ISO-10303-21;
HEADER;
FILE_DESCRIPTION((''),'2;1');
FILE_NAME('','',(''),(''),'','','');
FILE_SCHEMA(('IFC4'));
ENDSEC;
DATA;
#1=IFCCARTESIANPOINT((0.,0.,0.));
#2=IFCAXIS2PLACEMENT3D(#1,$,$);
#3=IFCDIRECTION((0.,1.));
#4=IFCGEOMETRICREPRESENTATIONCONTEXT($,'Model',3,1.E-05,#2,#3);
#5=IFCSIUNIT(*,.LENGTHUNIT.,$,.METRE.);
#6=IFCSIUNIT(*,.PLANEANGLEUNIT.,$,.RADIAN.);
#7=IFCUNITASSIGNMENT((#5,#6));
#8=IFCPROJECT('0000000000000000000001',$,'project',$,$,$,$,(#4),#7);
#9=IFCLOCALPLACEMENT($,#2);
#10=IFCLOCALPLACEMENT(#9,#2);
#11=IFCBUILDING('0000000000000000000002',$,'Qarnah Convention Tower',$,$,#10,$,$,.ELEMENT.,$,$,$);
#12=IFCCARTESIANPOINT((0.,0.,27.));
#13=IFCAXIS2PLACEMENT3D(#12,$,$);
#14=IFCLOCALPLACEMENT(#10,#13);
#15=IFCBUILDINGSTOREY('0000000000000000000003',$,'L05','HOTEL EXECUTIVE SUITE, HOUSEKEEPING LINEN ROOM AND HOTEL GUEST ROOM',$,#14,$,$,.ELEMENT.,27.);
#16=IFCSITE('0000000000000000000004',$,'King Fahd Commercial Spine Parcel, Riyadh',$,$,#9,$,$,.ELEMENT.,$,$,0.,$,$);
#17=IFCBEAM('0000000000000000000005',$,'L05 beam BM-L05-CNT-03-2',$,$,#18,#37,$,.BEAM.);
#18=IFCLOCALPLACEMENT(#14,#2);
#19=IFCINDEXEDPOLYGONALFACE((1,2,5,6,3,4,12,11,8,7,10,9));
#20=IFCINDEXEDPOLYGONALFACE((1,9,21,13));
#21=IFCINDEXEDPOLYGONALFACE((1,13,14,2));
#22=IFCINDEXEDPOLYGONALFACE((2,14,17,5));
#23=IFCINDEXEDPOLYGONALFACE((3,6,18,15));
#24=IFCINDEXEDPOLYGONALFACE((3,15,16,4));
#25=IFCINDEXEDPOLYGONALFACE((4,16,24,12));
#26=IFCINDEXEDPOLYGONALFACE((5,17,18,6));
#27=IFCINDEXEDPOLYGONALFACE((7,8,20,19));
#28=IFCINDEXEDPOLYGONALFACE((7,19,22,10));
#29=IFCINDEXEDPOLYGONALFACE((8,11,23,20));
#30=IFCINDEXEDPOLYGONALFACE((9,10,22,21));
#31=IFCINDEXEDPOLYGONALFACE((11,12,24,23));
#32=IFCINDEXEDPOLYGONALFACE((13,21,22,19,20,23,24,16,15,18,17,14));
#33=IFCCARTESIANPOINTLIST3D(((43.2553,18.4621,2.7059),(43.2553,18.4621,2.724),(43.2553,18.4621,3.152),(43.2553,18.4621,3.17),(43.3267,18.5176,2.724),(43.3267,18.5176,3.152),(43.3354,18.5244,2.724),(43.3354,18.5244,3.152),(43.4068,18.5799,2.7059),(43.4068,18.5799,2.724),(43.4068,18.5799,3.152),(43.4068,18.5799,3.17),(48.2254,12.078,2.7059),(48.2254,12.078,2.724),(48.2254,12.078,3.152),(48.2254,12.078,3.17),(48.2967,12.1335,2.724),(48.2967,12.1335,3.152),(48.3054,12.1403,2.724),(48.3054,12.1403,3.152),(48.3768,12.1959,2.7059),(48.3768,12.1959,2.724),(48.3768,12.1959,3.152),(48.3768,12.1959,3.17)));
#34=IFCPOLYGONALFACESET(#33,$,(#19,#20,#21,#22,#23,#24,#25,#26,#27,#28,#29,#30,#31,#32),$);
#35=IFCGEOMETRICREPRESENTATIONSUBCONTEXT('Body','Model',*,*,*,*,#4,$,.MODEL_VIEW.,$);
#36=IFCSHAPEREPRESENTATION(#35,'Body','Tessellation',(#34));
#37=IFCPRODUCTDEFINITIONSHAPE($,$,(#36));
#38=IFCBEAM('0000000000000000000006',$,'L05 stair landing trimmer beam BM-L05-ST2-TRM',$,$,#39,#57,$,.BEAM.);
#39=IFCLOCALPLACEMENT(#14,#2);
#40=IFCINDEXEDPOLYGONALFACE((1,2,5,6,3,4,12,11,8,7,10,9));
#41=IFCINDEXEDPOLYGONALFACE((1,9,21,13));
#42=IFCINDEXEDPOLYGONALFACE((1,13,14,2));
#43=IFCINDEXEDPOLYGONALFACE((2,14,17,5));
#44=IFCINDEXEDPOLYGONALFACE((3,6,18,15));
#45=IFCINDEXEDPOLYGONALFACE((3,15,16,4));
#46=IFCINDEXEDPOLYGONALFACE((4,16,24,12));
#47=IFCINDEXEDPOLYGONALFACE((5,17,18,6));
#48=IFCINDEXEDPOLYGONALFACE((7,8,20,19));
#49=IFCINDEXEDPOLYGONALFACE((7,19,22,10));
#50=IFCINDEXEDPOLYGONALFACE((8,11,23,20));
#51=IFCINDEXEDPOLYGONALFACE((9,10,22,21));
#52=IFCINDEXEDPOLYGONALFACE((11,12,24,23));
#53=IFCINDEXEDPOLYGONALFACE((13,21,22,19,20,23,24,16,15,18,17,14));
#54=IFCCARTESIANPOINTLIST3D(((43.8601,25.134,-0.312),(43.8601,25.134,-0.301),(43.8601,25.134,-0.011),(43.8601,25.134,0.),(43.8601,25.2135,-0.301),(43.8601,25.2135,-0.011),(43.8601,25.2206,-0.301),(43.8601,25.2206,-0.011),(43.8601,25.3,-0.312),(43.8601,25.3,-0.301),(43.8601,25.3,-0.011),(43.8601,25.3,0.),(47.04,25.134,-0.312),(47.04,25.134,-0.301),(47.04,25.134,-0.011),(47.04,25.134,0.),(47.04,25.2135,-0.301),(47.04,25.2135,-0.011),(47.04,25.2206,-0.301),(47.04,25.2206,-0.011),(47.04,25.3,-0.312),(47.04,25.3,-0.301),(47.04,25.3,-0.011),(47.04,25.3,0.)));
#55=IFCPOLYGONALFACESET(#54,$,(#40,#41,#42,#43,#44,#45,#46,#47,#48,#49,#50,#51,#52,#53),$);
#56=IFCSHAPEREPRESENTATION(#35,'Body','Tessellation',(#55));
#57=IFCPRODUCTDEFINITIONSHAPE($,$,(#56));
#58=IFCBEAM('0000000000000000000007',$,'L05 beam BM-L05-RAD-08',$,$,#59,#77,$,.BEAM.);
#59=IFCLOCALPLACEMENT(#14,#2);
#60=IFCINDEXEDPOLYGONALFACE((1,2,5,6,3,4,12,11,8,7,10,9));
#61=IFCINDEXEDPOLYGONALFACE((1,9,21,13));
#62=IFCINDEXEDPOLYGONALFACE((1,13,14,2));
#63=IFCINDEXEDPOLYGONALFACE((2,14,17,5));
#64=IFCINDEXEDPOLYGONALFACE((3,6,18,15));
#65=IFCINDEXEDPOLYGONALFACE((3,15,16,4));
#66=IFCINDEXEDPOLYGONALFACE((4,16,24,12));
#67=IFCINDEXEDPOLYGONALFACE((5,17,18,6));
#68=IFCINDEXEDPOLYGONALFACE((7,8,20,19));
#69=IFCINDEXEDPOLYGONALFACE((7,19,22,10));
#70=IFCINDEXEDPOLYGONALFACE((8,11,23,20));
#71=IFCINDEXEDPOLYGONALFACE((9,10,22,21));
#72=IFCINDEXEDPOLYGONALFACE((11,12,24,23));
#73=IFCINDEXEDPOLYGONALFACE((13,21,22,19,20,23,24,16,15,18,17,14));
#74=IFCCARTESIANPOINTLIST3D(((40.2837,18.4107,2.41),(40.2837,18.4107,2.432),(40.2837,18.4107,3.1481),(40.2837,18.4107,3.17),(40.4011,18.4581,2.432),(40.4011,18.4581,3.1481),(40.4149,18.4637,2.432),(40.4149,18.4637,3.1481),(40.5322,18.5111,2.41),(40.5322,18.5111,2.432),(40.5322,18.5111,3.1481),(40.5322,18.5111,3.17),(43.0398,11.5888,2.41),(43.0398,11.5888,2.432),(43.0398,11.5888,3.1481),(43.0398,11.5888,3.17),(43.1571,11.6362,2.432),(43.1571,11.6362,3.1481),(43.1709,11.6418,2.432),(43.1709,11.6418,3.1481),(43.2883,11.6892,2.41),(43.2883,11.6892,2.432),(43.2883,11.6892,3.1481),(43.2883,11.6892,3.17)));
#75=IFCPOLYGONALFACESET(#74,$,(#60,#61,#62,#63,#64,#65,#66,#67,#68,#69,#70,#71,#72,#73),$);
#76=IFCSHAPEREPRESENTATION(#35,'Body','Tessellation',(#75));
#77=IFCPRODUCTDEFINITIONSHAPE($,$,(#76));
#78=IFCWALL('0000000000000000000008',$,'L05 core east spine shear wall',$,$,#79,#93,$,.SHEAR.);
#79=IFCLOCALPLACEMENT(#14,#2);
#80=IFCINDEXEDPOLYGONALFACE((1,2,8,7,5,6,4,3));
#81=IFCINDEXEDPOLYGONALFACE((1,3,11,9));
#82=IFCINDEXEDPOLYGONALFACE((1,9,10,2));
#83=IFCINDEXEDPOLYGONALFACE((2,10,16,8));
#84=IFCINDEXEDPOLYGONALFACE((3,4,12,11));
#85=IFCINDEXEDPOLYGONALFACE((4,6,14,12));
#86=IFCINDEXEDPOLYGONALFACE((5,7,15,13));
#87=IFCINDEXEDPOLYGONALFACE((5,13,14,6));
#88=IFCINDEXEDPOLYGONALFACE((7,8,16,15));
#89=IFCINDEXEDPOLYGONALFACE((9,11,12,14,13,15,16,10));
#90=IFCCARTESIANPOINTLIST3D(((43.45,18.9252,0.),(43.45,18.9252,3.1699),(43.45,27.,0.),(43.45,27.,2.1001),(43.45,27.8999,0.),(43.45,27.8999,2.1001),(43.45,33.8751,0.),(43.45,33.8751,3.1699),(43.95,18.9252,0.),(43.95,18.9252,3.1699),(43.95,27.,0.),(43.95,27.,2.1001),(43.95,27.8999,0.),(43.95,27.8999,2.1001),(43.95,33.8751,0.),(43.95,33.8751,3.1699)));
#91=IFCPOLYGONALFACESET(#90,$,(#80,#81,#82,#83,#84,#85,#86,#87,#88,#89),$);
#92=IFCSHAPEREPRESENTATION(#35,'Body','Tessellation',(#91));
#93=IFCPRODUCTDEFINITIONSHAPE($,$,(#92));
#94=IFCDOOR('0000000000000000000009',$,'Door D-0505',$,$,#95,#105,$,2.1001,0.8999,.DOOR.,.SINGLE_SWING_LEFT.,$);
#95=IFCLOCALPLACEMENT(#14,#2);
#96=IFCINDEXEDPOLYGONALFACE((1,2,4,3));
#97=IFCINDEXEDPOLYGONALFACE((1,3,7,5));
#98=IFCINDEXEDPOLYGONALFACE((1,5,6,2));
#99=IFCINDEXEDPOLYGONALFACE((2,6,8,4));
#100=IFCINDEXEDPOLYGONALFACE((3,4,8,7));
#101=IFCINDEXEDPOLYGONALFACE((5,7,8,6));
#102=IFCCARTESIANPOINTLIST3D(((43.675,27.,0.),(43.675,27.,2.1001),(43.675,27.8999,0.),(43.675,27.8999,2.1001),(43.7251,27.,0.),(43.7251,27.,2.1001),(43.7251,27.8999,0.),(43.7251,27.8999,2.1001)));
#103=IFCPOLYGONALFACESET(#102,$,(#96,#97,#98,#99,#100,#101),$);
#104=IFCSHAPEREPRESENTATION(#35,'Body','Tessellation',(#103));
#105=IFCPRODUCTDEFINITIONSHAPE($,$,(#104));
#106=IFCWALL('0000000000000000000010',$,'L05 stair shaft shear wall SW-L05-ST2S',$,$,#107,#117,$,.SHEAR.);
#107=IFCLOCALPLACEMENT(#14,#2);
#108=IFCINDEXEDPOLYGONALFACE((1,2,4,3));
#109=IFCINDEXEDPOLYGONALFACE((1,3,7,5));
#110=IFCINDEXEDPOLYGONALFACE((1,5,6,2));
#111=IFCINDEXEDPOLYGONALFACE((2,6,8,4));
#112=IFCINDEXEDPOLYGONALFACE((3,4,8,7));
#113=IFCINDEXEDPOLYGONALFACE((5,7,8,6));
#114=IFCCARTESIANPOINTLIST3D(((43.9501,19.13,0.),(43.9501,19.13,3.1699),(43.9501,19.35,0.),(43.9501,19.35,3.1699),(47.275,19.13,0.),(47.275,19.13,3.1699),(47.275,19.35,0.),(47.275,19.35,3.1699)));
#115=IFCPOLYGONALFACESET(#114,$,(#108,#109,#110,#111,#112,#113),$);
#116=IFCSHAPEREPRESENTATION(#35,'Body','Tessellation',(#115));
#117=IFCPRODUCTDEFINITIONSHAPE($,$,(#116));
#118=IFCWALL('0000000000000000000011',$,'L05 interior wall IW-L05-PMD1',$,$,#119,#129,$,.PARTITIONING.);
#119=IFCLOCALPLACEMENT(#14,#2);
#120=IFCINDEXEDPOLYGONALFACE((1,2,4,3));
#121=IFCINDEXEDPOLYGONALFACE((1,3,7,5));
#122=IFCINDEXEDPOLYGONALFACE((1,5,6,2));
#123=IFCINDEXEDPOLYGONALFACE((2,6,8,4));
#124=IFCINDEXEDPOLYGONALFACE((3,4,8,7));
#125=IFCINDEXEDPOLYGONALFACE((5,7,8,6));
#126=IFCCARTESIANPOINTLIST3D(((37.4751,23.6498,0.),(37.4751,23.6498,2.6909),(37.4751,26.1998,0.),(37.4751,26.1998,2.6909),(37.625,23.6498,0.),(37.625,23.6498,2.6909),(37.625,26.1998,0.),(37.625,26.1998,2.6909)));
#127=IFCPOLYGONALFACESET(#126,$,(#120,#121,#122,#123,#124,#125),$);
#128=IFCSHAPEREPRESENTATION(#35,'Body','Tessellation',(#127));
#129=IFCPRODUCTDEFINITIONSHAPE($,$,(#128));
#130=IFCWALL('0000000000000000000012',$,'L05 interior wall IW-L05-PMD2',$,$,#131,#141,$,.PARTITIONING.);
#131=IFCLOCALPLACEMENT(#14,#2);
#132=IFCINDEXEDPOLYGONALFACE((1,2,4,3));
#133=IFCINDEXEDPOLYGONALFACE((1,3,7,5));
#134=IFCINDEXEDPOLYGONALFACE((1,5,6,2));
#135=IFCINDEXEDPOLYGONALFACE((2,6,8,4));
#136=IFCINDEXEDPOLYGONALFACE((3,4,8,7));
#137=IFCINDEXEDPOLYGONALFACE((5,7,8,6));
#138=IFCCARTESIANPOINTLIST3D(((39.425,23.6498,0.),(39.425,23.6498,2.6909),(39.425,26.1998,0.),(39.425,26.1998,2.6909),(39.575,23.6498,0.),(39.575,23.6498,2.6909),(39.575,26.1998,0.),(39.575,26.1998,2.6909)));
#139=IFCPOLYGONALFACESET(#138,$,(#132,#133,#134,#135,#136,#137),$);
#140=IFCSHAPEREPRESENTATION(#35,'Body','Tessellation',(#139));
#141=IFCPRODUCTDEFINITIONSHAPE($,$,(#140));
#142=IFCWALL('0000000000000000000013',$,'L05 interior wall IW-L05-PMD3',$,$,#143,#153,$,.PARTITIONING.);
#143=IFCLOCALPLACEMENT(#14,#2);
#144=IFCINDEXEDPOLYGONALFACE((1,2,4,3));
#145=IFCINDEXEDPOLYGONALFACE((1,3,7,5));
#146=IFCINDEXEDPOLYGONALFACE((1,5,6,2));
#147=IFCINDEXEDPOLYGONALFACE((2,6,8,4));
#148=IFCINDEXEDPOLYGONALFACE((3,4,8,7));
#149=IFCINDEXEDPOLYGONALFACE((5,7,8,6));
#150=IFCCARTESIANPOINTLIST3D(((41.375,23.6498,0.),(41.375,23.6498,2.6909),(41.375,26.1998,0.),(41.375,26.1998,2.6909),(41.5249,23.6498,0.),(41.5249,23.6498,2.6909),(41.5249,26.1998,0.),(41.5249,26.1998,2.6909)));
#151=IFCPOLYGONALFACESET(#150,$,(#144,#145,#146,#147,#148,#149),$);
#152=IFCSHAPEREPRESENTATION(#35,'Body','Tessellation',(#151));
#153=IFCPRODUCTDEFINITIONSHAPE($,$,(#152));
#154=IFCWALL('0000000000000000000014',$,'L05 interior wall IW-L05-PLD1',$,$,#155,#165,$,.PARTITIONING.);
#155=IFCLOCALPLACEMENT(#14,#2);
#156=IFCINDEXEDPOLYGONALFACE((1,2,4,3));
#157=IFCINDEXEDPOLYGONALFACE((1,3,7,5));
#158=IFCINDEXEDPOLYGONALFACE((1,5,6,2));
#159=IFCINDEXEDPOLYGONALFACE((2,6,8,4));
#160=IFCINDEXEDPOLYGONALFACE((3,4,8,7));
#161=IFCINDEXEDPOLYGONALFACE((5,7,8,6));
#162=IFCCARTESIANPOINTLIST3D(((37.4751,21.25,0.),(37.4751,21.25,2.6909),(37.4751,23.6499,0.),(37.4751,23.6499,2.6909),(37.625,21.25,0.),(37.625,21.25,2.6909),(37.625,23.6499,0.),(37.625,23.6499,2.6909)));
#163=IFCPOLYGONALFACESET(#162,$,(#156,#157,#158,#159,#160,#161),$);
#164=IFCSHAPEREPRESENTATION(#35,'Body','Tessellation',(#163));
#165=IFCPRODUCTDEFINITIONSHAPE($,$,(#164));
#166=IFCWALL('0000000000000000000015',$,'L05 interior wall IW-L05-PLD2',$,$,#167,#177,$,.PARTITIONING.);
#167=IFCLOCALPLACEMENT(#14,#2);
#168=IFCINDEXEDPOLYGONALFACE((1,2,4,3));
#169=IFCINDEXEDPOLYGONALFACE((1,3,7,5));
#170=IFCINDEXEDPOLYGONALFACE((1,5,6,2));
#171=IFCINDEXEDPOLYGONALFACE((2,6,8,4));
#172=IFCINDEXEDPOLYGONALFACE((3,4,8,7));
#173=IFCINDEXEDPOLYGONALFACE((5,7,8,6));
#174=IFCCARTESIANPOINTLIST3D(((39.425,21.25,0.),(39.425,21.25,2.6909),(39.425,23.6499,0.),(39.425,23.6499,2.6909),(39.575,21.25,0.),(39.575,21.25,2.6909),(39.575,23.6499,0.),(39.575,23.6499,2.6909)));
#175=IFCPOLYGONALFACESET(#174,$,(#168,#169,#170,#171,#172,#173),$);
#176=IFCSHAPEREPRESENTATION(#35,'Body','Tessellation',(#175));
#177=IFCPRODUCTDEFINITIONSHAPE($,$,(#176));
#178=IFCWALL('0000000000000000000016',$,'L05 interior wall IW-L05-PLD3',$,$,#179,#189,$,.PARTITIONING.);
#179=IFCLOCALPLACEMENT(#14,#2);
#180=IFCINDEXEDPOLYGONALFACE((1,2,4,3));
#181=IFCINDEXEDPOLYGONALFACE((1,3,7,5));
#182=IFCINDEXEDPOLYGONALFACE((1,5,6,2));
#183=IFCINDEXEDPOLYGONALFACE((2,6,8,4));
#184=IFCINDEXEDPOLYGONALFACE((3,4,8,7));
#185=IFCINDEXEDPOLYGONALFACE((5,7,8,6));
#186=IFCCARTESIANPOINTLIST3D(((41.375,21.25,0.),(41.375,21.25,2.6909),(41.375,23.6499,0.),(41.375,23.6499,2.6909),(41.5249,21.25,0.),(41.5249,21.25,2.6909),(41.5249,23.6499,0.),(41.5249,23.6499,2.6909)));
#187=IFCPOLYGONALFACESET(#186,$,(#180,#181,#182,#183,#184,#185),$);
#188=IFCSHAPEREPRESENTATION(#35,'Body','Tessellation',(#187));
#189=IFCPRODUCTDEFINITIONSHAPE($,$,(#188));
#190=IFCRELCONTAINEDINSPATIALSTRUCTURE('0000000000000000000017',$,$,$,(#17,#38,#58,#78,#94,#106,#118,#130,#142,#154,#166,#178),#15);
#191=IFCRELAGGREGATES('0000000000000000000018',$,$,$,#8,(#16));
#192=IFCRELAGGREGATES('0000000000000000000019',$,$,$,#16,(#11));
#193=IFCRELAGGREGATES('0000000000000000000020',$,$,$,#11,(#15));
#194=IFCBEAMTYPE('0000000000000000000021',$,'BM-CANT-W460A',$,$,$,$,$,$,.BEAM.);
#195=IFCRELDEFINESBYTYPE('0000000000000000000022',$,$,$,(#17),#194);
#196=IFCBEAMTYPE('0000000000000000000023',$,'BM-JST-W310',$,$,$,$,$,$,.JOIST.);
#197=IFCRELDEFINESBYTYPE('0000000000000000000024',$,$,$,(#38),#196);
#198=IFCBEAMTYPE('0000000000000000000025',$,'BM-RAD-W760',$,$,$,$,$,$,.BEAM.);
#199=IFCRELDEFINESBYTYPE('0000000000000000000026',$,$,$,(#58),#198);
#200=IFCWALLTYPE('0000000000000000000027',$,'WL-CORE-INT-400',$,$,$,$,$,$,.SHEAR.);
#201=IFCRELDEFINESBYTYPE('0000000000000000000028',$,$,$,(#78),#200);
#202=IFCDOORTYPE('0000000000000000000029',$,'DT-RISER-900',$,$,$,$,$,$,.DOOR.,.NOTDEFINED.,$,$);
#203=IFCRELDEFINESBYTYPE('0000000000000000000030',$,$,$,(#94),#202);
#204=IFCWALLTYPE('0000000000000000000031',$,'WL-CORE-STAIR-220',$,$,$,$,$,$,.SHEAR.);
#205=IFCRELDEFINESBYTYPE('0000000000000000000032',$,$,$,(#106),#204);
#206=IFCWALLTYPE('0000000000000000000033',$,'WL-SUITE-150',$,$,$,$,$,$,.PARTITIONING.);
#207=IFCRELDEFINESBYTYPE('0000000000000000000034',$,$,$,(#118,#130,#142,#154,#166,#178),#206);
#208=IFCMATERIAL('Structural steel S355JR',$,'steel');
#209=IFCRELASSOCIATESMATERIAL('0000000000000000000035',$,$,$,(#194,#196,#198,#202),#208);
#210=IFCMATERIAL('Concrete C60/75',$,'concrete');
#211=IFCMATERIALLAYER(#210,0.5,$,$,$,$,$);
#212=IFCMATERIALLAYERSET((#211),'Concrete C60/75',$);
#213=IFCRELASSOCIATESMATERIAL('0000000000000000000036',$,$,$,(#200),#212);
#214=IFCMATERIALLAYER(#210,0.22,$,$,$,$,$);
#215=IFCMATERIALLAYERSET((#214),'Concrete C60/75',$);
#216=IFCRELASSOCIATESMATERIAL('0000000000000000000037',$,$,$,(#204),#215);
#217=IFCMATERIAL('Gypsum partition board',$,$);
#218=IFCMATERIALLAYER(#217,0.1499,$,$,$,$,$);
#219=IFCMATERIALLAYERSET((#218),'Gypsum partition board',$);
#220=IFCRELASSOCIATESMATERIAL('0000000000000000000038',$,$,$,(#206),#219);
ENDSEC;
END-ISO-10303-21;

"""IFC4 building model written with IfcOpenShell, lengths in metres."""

from ifc_helpers import new_model, si_unit, direction, frame, frame_2d, origin, origin_2d, place, context, subcontext, project, spatial, rectangle, i_section, extrude, material, layer, layer_set, material_profile, profile_set, type_object, element, fill, save


model = new_model("IFC4")

# Units and contexts
model_context = context("Model", 3, precision=1e-05, world=origin(), true_north=direction((0.0, 1.0)))
body_context = subcontext(model_context, "Body", "Model", "MODEL_VIEW")
ifc_project = project(units=[si_unit("LENGTHUNIT", "METRE"), si_unit("PLANEANGLEUNIT", "RADIAN")], contexts=[model_context])

# Site, building, storey
site_placement = place(None, origin())
site = spatial("IfcSite", under=ifc_project, at=site_placement, Name="King Fahd Commercial Spine Parcel, Riyadh", CompositionType="ELEMENT", RefElevation=0.0)
building_placement = place(site_placement, origin())
building = spatial("IfcBuilding", under=site, at=building_placement, Name="Qarnah Convention Tower", CompositionType="ELEMENT")
storey_placement = place(building_placement, frame((0.0, 0.0, 27.0)))
storey = spatial("IfcBuildingStorey", under=building, at=storey_placement, Name="L05", Description="HOTEL EXECUTIVE SUITE, HOUSEKEEPING LINEN ROOM AND HOTEL GUEST ROOM", CompositionType="ELEMENT", Elevation=27.0)

# Beams
ifc_material_1 = material(Name="Structural steel S355JR", Category="steel")
ifc_material_profile_1 = material_profile(ifc_material_1, i_section(OverallWidth=0.1919, OverallDepth=0.4641, WebThickness=0.011, FlangeThickness=0.0181, at=origin_2d()), Name="W460X89")
ifc_profile_set_1 = profile_set([ifc_material_profile_1], Name="Structural steel S355JR")
beam_type_1 = type_object("IfcBeamType", Name="BM-CANT-W460A", PredefinedType="BEAM", material=ifc_profile_set_1)
beam_1_placement = place(storey_placement, frame((43.3311, 18.521, 2.938), z_axis=(0.614296, -0.789076, 0.0), x_axis=(0.789076, 0.614296, 0.0)))
element("IfcBeam", 1, at=beam_1_placement, inside=storey, type_object=beam_type_1, Name="L05 beam BM-L05-CNT-03-2", PredefinedType="BEAM", context=body_context, shape_type="SweptSolid", body=[
    extrude(i_section(OverallWidth=0.1919, OverallDepth=0.4641, WebThickness=0.011, FlangeThickness=0.0181, at=origin_2d()), origin(), (0.0, 0.0, 1.0), 8.0906),
])
ifc_material_profile_2 = material_profile(ifc_material_1, i_section(OverallWidth=0.166, OverallDepth=0.312, WebThickness=0.0071, FlangeThickness=0.011, at=origin_2d()), Name="W310X45")
ifc_profile_set_2 = profile_set([ifc_material_profile_2], Name="Structural steel S355JR")
beam_type_2 = type_object("IfcBeamType", Name="BM-JST-W310", PredefinedType="JOIST", material=ifc_profile_set_2)
beam_2_placement = place(storey_placement, frame((43.8601, 25.217, -0.156), z_axis=(1.0, 0.0, 0.0), x_axis=(0.0, 1.0, 0.0)))
element("IfcBeam", 2, at=beam_2_placement, inside=storey, type_object=beam_type_2, Name="L05 stair landing trimmer beam BM-L05-ST2-TRM", PredefinedType="BEAM", context=body_context, shape_type="SweptSolid", body=[
    extrude(i_section(OverallWidth=0.166, OverallDepth=0.312, WebThickness=0.0071, FlangeThickness=0.011, at=origin_2d()), origin(), (0.0, 0.0, 1.0), 3.1799),
])
ifc_material_profile_3 = material_profile(ifc_material_1, i_section(OverallWidth=0.2681, OverallDepth=0.76, WebThickness=0.0149, FlangeThickness=0.022, at=origin_2d()), Name="W760X185")
ifc_profile_set_3 = profile_set([ifc_material_profile_3], Name="Structural steel S355JR")
beam_type_3 = type_object("IfcBeamType", Name="BM-RAD-W760", PredefinedType="BEAM", material=ifc_profile_set_3)
beam_3_placement = place(storey_placement, frame((40.408, 18.4609, 2.79), z_axis=(0.374586, -0.927192, 0.0), x_axis=(0.927192, 0.374586, 0.0)))
element("IfcBeam", 3, at=beam_3_placement, inside=storey, type_object=beam_type_3, Name="L05 beam BM-L05-RAD-08", PredefinedType="BEAM", context=body_context, shape_type="SweptSolid", body=[
    extrude(i_section(OverallWidth=0.2681, OverallDepth=0.76, WebThickness=0.0149, FlangeThickness=0.022, at=origin_2d()), origin(), (0.0, 0.0, 1.0), 7.3577),
])

# Wall, opening, door
ifc_material_2 = material(Name="Concrete C60/75", Category="concrete")
ifc_layer_1 = layer(ifc_material_2, 0.5)
ifc_layer_set_1 = layer_set([ifc_layer_1], Name="Concrete C60/75")
wall_type_1 = type_object("IfcWallType", Name="WL-CORE-INT-400", PredefinedType="SHEAR", material=ifc_layer_set_1)
wall_1_placement = place(storey_placement, frame((43.7, 18.925, 0.0), z_axis=(0.0, 0.0, 1.0), x_axis=(0.0, 1.0, 0.0)))
wall_1 = element("IfcWall", 4, at=wall_1_placement, inside=storey, type_object=wall_type_1, Name="L05 core east spine shear wall", PredefinedType="SHEAR", context=body_context, shape_type="SweptSolid", body=[
    extrude(rectangle(XDim=14.95, YDim=0.5, at=frame_2d((7.4751, 0.0))), origin(), (0.0, 0.0, 1.0), 3.1699),
])
opening_1_placement = place(wall_1_placement, frame((8.075, 0.0, 0.0)))
opening_1 = element("IfcOpeningElement", 5, at=opening_1_placement, cuts=wall_1, PredefinedType="OPENING", context=body_context, shape_type="SweptSolid", body=[
    extrude(rectangle(XDim=0.8999, YDim=2.1001, at=frame_2d((0.45, 1.05))), frame((0.0, 0.26, 0.0), z_axis=(0.0, -1.0, 0.0), x_axis=(1.0, 0.0, 0.0)), (0.0, 0.0, 1.0), 0.52),
])
door_type_1 = type_object("IfcDoorType", Name="DT-RISER-900", OperationType="NOTDEFINED", PredefinedType="DOOR", material=ifc_material_1)
door_1_placement = place(opening_1_placement, origin())
door_1 = element("IfcDoor", 6, at=door_1_placement, inside=storey, type_object=door_type_1, Name="Door D-0505", OperationType="SINGLE_SWING_LEFT", OverallHeight=2.1001, OverallWidth=0.8999, PredefinedType="DOOR", context=body_context, shape_type="SweptSolid", body=[
    extrude(rectangle(XDim=0.8999, YDim=2.1001, at=frame_2d((0.45, 1.05))), frame((0.0, 0.0249, 0.0), z_axis=(0.0, -1.0, 0.0), x_axis=(1.0, 0.0, 0.0)), (0.0, 0.0, 1.0), 0.05),
])
fill(opening_1, door_1)

# Walls
ifc_layer_2 = layer(ifc_material_2, 0.22)
ifc_layer_set_2 = layer_set([ifc_layer_2], Name="Concrete C60/75")
wall_type_2 = type_object("IfcWallType", Name="WL-CORE-STAIR-220", PredefinedType="SHEAR", material=ifc_layer_set_2)
wall_2_placement = place(storey_placement, frame((43.95, 19.24, 0.0), z_axis=(0.0, 0.0, 1.0), x_axis=(1.0, 0.0, 0.0)))
element("IfcWall", 7, at=wall_2_placement, inside=storey, type_object=wall_type_2, Name="L05 stair shaft shear wall SW-L05-ST2S", PredefinedType="SHEAR", context=body_context, shape_type="SweptSolid", body=[
    extrude(rectangle(XDim=3.325, YDim=0.22, at=frame_2d((1.6626, 0.0))), origin(), (0.0, 0.0, 1.0), 3.1699),
])
ifc_material_3 = material(Name="Gypsum partition board")
ifc_layer_3 = layer(ifc_material_3, 0.1499)
ifc_layer_set_3 = layer_set([ifc_layer_3], Name="Gypsum partition board")
wall_type_3 = type_object("IfcWallType", Name="WL-SUITE-150", PredefinedType="PARTITIONING", material=ifc_layer_set_3)
for number, where, z_axis, x_axis, name in (
    (8, (37.55, 23.6499, 0.0), (0.0, 0.0, 1.0), (0.0, 1.0, 0.0), "L05 interior wall IW-L05-PMD1"),
    (9, (39.5, 23.6499, 0.0), (0.0, 0.0, 1.0), (0.0, 1.0, 0.0), "L05 interior wall IW-L05-PMD2"),
    (10, (41.45, 23.6499, 0.0), (0.0, 0.0, 1.0), (0.0, 1.0, 0.0), "L05 interior wall IW-L05-PMD3"),
):
    element("IfcWall", number, at=place(storey_placement, frame(where, z_axis=z_axis, x_axis=x_axis)), inside=storey, type_object=wall_type_3, Name=name, PredefinedType="PARTITIONING", context=body_context, shape_type="SweptSolid", body=[
        extrude(rectangle(XDim=2.55, YDim=0.1499, at=frame_2d((1.2749, 0.0))), origin(), (0.0, 0.0, 1.0), 2.6909),
    ])
for number, where, z_axis, x_axis, name in (
    (11, (37.55, 21.25, 0.0), (0.0, 0.0, 1.0), (0.0, 1.0, 0.0), "L05 interior wall IW-L05-PLD1"),
    (12, (39.5, 21.25, 0.0), (0.0, 0.0, 1.0), (0.0, 1.0, 0.0), "L05 interior wall IW-L05-PLD2"),
    (13, (41.45, 21.25, 0.0), (0.0, 0.0, 1.0), (0.0, 1.0, 0.0), "L05 interior wall IW-L05-PLD3"),
):
    element("IfcWall", number, at=place(storey_placement, frame(where, z_axis=z_axis, x_axis=x_axis)), inside=storey, type_object=wall_type_3, Name=name, PredefinedType="PARTITIONING", context=body_context, shape_type="SweptSolid", body=[
        extrude(rectangle(XDim=2.3999, YDim=0.1499, at=frame_2d((1.2, 0.0))), origin(), (0.0, 0.0, 1.0), 2.6909),
    ])

save(model, "model.ifc")
